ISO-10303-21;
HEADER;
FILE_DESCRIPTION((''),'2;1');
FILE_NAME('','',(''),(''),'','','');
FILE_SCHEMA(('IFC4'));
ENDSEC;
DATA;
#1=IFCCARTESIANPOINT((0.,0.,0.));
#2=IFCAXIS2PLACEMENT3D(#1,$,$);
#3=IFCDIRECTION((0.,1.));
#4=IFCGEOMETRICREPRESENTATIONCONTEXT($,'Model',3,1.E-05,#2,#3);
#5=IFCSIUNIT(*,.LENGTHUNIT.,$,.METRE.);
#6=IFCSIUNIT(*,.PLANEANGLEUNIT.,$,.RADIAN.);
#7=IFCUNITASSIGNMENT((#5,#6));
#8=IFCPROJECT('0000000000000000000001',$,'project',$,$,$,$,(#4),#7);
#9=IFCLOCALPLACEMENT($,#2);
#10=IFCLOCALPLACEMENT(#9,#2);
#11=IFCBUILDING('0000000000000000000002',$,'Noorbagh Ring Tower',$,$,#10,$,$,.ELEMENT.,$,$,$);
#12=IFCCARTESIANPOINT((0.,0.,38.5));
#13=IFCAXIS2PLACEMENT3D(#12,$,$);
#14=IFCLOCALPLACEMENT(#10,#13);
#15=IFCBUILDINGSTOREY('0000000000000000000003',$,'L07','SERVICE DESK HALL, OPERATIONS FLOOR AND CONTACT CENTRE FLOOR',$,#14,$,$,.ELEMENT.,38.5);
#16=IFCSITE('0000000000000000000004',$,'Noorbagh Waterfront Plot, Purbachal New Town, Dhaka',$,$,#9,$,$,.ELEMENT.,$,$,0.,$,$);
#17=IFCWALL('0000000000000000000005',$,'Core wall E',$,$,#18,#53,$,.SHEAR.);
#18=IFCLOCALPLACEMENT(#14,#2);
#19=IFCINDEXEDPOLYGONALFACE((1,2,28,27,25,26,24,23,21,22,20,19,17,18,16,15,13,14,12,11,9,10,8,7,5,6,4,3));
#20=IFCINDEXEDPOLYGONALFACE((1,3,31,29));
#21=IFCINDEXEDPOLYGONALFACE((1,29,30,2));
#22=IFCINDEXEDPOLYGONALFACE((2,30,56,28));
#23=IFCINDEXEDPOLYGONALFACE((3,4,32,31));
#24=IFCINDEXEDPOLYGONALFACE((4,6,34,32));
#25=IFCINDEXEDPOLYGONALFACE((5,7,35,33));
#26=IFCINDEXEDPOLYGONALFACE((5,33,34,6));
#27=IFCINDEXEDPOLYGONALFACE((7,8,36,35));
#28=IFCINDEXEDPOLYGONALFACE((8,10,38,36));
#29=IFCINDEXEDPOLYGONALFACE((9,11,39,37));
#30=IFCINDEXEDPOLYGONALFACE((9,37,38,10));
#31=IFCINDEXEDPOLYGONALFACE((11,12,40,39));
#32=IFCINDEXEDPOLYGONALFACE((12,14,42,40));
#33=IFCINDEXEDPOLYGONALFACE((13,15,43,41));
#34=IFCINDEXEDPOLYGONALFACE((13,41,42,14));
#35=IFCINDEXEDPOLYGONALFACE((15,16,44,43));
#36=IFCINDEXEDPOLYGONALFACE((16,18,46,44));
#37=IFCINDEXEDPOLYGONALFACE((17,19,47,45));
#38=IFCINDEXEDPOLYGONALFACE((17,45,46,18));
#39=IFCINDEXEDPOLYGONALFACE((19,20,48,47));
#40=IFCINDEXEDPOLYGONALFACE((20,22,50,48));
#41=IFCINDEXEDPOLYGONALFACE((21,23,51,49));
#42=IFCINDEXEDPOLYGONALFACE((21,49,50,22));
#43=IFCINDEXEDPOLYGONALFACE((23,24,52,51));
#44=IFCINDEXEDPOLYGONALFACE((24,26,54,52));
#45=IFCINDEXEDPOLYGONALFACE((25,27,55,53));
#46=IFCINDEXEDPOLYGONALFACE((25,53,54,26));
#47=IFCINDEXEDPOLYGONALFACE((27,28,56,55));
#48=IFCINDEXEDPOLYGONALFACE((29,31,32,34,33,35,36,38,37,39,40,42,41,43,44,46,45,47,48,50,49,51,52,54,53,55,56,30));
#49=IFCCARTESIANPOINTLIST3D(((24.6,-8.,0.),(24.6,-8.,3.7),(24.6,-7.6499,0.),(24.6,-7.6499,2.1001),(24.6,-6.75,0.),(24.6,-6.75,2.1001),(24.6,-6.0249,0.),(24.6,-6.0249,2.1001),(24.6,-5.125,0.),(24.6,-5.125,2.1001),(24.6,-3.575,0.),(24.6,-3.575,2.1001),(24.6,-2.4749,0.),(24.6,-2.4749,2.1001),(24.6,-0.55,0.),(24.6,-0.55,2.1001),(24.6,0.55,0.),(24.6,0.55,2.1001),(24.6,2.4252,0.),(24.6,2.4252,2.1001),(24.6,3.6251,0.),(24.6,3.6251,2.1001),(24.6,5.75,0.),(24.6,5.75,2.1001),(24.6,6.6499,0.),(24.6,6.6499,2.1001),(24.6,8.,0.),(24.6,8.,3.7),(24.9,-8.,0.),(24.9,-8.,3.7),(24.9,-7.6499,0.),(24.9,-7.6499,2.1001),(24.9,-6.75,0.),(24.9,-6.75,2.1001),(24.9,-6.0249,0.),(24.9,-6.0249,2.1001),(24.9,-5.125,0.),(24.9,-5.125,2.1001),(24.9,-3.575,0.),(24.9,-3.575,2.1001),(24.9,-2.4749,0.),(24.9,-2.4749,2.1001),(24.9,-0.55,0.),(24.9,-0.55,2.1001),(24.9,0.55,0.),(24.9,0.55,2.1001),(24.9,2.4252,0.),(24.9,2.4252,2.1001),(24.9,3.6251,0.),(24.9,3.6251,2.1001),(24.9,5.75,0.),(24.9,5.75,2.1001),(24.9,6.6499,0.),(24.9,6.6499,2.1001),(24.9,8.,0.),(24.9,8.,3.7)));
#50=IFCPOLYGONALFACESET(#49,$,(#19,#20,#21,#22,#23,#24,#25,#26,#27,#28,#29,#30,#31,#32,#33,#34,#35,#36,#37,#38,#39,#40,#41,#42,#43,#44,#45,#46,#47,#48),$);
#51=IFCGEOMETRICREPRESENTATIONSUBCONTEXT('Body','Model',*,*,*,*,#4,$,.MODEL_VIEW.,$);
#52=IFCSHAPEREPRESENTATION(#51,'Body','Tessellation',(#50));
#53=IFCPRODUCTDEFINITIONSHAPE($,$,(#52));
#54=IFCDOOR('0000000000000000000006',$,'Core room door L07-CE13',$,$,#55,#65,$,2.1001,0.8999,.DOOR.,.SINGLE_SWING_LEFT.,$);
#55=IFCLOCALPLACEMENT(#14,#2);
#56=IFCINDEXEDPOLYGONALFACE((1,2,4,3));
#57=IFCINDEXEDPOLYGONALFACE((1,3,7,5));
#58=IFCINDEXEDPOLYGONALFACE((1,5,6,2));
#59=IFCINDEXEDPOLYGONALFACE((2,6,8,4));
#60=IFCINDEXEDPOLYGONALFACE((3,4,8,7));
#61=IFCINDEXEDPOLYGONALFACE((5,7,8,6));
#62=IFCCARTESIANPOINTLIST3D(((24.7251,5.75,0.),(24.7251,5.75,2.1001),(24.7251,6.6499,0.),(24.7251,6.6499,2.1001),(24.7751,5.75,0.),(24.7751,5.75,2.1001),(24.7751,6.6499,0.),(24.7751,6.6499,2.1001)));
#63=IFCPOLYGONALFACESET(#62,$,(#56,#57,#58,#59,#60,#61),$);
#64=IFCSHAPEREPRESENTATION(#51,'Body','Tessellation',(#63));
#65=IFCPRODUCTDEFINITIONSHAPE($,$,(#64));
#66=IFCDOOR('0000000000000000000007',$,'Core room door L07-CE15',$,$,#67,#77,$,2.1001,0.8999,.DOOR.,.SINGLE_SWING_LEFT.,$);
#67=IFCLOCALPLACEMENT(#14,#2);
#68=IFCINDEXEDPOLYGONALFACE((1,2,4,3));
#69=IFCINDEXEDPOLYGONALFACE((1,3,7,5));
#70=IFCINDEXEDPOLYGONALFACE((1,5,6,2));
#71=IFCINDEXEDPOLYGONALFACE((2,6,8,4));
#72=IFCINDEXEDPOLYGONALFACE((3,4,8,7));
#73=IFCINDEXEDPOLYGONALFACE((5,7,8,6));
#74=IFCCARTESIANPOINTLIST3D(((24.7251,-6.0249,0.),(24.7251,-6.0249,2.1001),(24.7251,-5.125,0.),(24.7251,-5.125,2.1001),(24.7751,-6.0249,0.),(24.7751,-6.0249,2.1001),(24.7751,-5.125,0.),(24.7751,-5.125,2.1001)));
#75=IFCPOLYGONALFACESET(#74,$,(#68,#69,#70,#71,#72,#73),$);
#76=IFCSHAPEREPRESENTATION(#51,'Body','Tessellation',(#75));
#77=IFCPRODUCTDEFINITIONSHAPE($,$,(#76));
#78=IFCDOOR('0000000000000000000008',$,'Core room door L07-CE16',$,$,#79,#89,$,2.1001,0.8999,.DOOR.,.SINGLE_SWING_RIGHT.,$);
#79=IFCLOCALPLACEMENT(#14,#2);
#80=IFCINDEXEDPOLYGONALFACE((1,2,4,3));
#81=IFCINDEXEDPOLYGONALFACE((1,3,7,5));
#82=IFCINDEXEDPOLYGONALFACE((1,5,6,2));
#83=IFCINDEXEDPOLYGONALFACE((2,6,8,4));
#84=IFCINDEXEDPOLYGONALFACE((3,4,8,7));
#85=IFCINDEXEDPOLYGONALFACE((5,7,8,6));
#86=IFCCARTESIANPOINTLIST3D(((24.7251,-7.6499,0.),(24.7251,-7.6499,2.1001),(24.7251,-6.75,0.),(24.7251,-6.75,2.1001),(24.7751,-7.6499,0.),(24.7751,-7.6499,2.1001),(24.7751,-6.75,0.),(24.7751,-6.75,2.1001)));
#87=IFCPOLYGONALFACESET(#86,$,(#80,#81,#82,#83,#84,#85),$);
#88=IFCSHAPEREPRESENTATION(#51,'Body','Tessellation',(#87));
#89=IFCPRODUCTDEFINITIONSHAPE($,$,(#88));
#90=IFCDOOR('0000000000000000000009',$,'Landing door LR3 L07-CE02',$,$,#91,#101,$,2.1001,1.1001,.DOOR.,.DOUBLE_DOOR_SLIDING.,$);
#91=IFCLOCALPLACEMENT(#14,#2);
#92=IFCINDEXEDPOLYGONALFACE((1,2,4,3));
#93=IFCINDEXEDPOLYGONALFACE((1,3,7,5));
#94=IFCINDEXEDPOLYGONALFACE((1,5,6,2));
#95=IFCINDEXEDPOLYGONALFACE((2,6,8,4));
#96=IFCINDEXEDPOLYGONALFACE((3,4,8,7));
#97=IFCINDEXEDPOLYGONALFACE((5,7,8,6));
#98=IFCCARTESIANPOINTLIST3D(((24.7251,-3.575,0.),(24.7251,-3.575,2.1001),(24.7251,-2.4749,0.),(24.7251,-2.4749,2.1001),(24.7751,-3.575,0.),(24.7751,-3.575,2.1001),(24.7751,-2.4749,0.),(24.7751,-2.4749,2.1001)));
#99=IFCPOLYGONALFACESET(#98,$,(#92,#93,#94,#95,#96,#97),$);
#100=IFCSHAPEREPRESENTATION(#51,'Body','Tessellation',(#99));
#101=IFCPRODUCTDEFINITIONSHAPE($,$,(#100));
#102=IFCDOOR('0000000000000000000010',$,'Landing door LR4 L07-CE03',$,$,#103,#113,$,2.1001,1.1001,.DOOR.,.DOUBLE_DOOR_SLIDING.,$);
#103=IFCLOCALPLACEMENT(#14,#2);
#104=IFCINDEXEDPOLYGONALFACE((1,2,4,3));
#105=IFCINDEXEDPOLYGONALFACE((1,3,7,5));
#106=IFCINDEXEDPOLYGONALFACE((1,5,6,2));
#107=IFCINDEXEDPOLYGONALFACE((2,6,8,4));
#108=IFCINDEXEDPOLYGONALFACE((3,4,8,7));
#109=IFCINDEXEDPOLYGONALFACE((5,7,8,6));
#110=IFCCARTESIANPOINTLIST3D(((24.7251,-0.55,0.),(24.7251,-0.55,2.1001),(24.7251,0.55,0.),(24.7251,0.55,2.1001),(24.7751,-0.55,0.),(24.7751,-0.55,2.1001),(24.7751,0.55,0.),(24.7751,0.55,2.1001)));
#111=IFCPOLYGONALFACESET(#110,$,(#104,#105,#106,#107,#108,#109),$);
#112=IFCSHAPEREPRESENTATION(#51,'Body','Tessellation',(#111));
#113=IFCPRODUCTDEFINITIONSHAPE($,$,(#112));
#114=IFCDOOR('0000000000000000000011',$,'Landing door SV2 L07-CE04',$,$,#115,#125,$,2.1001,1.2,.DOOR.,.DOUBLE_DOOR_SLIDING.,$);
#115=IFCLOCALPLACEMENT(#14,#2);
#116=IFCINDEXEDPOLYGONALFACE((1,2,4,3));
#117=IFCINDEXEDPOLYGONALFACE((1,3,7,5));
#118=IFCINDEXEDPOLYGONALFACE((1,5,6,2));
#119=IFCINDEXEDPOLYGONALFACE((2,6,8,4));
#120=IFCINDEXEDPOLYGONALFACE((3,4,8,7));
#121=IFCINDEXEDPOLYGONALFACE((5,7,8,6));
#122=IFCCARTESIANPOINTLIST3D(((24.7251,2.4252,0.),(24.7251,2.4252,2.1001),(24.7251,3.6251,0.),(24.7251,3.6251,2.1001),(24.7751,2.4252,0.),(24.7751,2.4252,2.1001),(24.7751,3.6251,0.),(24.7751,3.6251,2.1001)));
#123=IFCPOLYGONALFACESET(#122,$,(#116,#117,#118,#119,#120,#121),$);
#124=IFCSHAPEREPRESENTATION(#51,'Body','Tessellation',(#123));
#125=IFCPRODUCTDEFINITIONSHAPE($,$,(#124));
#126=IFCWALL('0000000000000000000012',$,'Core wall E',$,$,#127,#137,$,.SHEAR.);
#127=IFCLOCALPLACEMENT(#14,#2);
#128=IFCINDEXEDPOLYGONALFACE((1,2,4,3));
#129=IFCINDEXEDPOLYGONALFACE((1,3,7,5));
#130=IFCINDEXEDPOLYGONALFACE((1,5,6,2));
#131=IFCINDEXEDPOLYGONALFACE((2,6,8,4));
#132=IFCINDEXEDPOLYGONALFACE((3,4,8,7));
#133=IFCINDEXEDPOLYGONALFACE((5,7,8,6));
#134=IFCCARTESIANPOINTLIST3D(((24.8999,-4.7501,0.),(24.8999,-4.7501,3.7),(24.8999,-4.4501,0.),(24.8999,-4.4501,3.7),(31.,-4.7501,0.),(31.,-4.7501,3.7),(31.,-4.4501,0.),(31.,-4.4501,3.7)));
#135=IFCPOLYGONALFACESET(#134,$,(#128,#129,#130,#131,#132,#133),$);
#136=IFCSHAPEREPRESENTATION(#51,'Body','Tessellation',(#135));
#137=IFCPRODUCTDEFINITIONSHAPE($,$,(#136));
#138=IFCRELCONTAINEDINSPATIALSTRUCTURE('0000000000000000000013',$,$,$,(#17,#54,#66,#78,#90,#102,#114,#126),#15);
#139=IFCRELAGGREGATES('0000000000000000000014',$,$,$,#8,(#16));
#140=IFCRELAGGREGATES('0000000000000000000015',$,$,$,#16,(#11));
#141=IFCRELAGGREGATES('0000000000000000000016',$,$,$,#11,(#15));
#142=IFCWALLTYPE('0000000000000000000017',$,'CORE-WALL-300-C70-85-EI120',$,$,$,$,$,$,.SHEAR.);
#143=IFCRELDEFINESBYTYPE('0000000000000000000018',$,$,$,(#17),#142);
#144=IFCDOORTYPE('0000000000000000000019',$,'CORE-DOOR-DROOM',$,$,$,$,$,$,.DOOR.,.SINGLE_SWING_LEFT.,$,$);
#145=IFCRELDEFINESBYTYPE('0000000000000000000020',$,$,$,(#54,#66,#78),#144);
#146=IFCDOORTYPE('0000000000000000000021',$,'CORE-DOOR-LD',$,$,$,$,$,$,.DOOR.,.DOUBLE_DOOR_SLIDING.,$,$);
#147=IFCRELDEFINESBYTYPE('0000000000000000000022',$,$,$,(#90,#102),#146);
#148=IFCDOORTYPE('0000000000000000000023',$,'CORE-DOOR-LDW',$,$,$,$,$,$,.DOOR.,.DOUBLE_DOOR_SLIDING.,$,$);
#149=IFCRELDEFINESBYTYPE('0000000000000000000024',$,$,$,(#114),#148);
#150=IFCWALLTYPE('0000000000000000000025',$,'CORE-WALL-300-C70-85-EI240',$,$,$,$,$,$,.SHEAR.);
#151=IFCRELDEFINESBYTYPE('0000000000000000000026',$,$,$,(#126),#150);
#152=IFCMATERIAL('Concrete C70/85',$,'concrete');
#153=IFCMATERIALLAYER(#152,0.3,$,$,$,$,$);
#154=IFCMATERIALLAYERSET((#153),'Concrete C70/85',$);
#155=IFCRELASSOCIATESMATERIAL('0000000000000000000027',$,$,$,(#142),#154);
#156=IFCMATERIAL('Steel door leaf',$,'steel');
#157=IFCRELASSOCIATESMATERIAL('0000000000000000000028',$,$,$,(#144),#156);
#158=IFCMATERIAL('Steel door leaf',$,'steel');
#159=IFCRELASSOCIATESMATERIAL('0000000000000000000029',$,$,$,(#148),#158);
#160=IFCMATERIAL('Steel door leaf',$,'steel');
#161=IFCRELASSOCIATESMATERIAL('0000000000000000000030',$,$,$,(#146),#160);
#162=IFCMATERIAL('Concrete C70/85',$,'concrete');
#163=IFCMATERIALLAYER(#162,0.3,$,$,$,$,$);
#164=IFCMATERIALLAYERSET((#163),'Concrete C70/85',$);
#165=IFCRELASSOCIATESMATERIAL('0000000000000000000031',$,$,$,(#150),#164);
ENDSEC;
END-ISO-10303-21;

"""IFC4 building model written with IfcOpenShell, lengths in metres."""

from ifc_helpers import new_model, si_unit, direction, frame, frame_2d, origin, place, context, subcontext, project, spatial, rectangle, extrude, material, layer, layer_set, type_object, element, fill, save


model = new_model("IFC4")

# Units and contexts
model_context = context("Model", 3, precision=1e-05, world=origin(), true_north=direction((0.0, 1.0)))
body_context = subcontext(model_context, "Body", "Model", "MODEL_VIEW")
ifc_project = project(units=[si_unit("LENGTHUNIT", "METRE"), si_unit("PLANEANGLEUNIT", "RADIAN")], contexts=[model_context])

# Site, building, storey
site_placement = place(None, origin())
site = spatial("IfcSite", under=ifc_project, at=site_placement, Name="Noorbagh Waterfront Plot, Purbachal New Town, Dhaka", CompositionType="ELEMENT", RefElevation=0.0)
building_placement = place(site_placement, origin())
building = spatial("IfcBuilding", under=site, at=building_placement, Name="Noorbagh Ring Tower", CompositionType="ELEMENT")
storey_placement = place(building_placement, frame((0.0, 0.0, 38.5)))
storey = spatial("IfcBuildingStorey", under=building, at=storey_placement, Name="L07", Description="SERVICE DESK HALL, OPERATIONS FLOOR AND CONTACT CENTRE FLOOR", CompositionType="ELEMENT", Elevation=38.5)

# Shared definitions
ifc_material_1 = material(Name="Concrete C70/85", Category="concrete")
ifc_layer_1 = layer(ifc_material_1, 0.3)
ifc_layer_set_1 = layer_set([ifc_layer_1], Name="Concrete C70/85")
wall_type_1 = type_object("IfcWallType", Name="CORE-WALL-300-C70-85-EI120", PredefinedType="SHEAR", material=ifc_layer_set_1)

# Wall, openings, doors
ifc_material_2 = material(Name="Steel door leaf", Category="steel")
door_type_1 = type_object("IfcDoorType", Name="CORE-DOOR-DROOM", OperationType="SINGLE_SWING_LEFT", PredefinedType="DOOR", material=ifc_material_2)
ifc_material_3 = material(Name="Steel door leaf", Category="steel")
door_type_2 = type_object("IfcDoorType", Name="CORE-DOOR-LDW", OperationType="DOUBLE_DOOR_SLIDING", PredefinedType="DOOR", material=ifc_material_3)
wall_1_placement = place(storey_placement, frame((24.75, -8.0, 0.0), z_axis=(0.0, 0.0, 1.0), x_axis=(0.0, 1.0, 0.0)))
wall_1 = element("IfcWall", 1, at=wall_1_placement, inside=storey, type_object=wall_type_1, Name="Core wall E", PredefinedType="SHEAR", context=body_context, shape_type="SweptSolid", body=[
    extrude(rectangle(XDim=16.0, YDim=0.3, at=frame_2d((8.0, 0.0))), origin(), (0.0, 0.0, 1.0), 3.7),
])
opening_1_placement = place(wall_1_placement, frame((4.425, 0.0, 0.0)))
opening_1 = element("IfcOpeningElement", 2, at=opening_1_placement, cuts=wall_1, PredefinedType="OPENING", context=body_context, shape_type="SweptSolid", body=[
    extrude(rectangle(XDim=1.1001, YDim=2.1001, at=frame_2d((0.55, 1.05))), frame((0.0, 0.1602, 0.0), z_axis=(0.0, -1.0, 0.0), x_axis=(1.0, 0.0, 0.0)), (0.0, 0.0, 1.0), 0.3201),
])
opening_2_placement = place(wall_1_placement, frame((7.45, 0.0, 0.0)))
opening_2 = element("IfcOpeningElement", 3, at=opening_2_placement, cuts=wall_1, PredefinedType="OPENING", context=body_context, shape_type="SweptSolid", body=[
    extrude(rectangle(XDim=1.1001, YDim=2.1001, at=frame_2d((0.55, 1.05))), frame((0.0, 0.1602, 0.0), z_axis=(0.0, -1.0, 0.0), x_axis=(1.0, 0.0, 0.0)), (0.0, 0.0, 1.0), 0.3201),
])
opening_3_placement = place(wall_1_placement, frame((10.425, 0.0, 0.0)))
opening_3 = element("IfcOpeningElement", 4, at=opening_3_placement, cuts=wall_1, PredefinedType="OPENING", context=body_context, shape_type="SweptSolid", body=[
    extrude(rectangle(XDim=1.2, YDim=2.1001, at=frame_2d((0.6001, 1.05))), frame((0.0, 0.1602, 0.0), z_axis=(0.0, -1.0, 0.0), x_axis=(1.0, 0.0, 0.0)), (0.0, 0.0, 1.0), 0.3201),
])
opening_4_placement = place(wall_1_placement, frame((13.75, 0.0, 0.0)))
opening_4 = element("IfcOpeningElement", 5, at=opening_4_placement, cuts=wall_1, PredefinedType="OPENING", context=body_context, shape_type="SweptSolid", body=[
    extrude(rectangle(XDim=0.8999, YDim=2.1001, at=frame_2d((0.45, 1.05))), frame((0.0, 0.1602, 0.0), z_axis=(0.0, -1.0, 0.0), x_axis=(1.0, 0.0, 0.0)), (0.0, 0.0, 1.0), 0.3201),
])
opening_5_placement = place(wall_1_placement, frame((1.9751, 0.0, 0.0)))
opening_5 = element("IfcOpeningElement", 6, at=opening_5_placement, cuts=wall_1, PredefinedType="OPENING", context=body_context, shape_type="SweptSolid", body=[
    extrude(rectangle(XDim=0.8999, YDim=2.1001, at=frame_2d((0.45, 1.05))), frame((0.0, 0.1602, 0.0), z_axis=(0.0, -1.0, 0.0), x_axis=(1.0, 0.0, 0.0)), (0.0, 0.0, 1.0), 0.3201),
])
opening_6_placement = place(wall_1_placement, frame((0.3501, 0.0, 0.0)))
opening_6 = element("IfcOpeningElement", 7, at=opening_6_placement, cuts=wall_1, PredefinedType="OPENING", context=body_context, shape_type="SweptSolid", body=[
    extrude(rectangle(XDim=0.8999, YDim=2.1001, at=frame_2d((0.45, 1.05))), frame((0.0, 0.1602, 0.0), z_axis=(0.0, -1.0, 0.0), x_axis=(1.0, 0.0, 0.0)), (0.0, 0.0, 1.0), 0.3201),
])
door_1_placement = place(opening_4_placement, origin())
door_1 = element("IfcDoor", 8, at=door_1_placement, inside=storey, type_object=door_type_1, Name="Core room door L07-CE13", OperationType="SINGLE_SWING_LEFT", OverallHeight=2.1001, OverallWidth=0.8999, PredefinedType="DOOR", context=body_context, shape_type="SweptSolid", body=[
    extrude(rectangle(XDim=0.8999, YDim=2.1001, at=frame_2d((0.45, 1.05))), frame((0.0, 0.0249, 0.0), z_axis=(0.0, -1.0, 0.0), x_axis=(1.0, 0.0, 0.0)), (0.0, 0.0, 1.0), 0.05),
])
fill(opening_4, door_1)
door_2_placement = place(opening_5_placement, origin())
door_2 = element("IfcDoor", 9, at=door_2_placement, inside=storey, type_object=door_type_1, Name="Core room door L07-CE15", OperationType="SINGLE_SWING_LEFT", OverallHeight=2.1001, OverallWidth=0.8999, PredefinedType="DOOR", context=body_context, shape_type="SweptSolid", body=[
    extrude(rectangle(XDim=0.8999, YDim=2.1001, at=frame_2d((0.45, 1.05))), frame((0.0, 0.0249, 0.0), z_axis=(0.0, -1.0, 0.0), x_axis=(1.0, 0.0, 0.0)), (0.0, 0.0, 1.0), 0.05),
])
fill(opening_5, door_2)
door_3_placement = place(opening_6_placement, origin())
door_3 = element("IfcDoor", 10, at=door_3_placement, inside=storey, type_object=door_type_1, Name="Core room door L07-CE16", OperationType="SINGLE_SWING_RIGHT", OverallHeight=2.1001, OverallWidth=0.8999, PredefinedType="DOOR", context=body_context, shape_type="SweptSolid", body=[
    extrude(rectangle(XDim=0.8999, YDim=2.1001, at=frame_2d((0.45, 1.05))), frame((0.0, 0.0249, 0.0), z_axis=(0.0, -1.0, 0.0), x_axis=(1.0, 0.0, 0.0)), (0.0, 0.0, 1.0), 0.05),
])
fill(opening_6, door_3)
ifc_material_4 = material(Name="Steel door leaf", Category="steel")
door_type_3 = type_object("IfcDoorType", Name="CORE-DOOR-LD", OperationType="DOUBLE_DOOR_SLIDING", PredefinedType="DOOR", material=ifc_material_4)
door_4_placement = place(opening_1_placement, origin())
door_4 = element("IfcDoor", 11, at=door_4_placement, inside=storey, type_object=door_type_3, Name="Landing door LR3 L07-CE02", OperationType="DOUBLE_DOOR_SLIDING", OverallHeight=2.1001, OverallWidth=1.1001, PredefinedType="DOOR", context=body_context, shape_type="SweptSolid", body=[
    extrude(rectangle(XDim=1.1001, YDim=2.1001, at=frame_2d((0.55, 1.05))), frame((0.0, 0.0249, 0.0), z_axis=(0.0, -1.0, 0.0), x_axis=(1.0, 0.0, 0.0)), (0.0, 0.0, 1.0), 0.05),
])
fill(opening_1, door_4)
door_5_placement = place(opening_2_placement, origin())
door_5 = element("IfcDoor", 12, at=door_5_placement, inside=storey, type_object=door_type_3, Name="Landing door LR4 L07-CE03", OperationType="DOUBLE_DOOR_SLIDING", OverallHeight=2.1001, OverallWidth=1.1001, PredefinedType="DOOR", context=body_context, shape_type="SweptSolid", body=[
    extrude(rectangle(XDim=1.1001, YDim=2.1001, at=frame_2d((0.55, 1.05))), frame((0.0, 0.0249, 0.0), z_axis=(0.0, -1.0, 0.0), x_axis=(1.0, 0.0, 0.0)), (0.0, 0.0, 1.0), 0.05),
])
fill(opening_2, door_5)
door_6_placement = place(opening_3_placement, origin())
door_6 = element("IfcDoor", 13, at=door_6_placement, inside=storey, type_object=door_type_2, Name="Landing door SV2 L07-CE04", OperationType="DOUBLE_DOOR_SLIDING", OverallHeight=2.1001, OverallWidth=1.2, PredefinedType="DOOR", context=body_context, shape_type="SweptSolid", body=[
    extrude(rectangle(XDim=1.2, YDim=2.1001, at=frame_2d((0.6001, 1.05))), frame((0.0, 0.0249, 0.0), z_axis=(0.0, -1.0, 0.0), x_axis=(1.0, 0.0, 0.0)), (0.0, 0.0, 1.0), 0.05),
])
fill(opening_3, door_6)

# Wall
ifc_material_5 = material(Name="Concrete C70/85", Category="concrete")
ifc_layer_2 = layer(ifc_material_5, 0.3)
ifc_layer_set_2 = layer_set([ifc_layer_2], Name="Concrete C70/85")
wall_type_2 = type_object("IfcWallType", Name="CORE-WALL-300-C70-85-EI240", PredefinedType="SHEAR", material=ifc_layer_set_2)
wall_2_placement = place(storey_placement, frame((24.8999, -4.6001, 0.0), z_axis=(0.0, 0.0, 1.0), x_axis=(1.0, 0.0, 0.0)))
element("IfcWall", 14, at=wall_2_placement, inside=storey, type_object=wall_type_2, Name="Core wall E", PredefinedType="SHEAR", context=body_context, shape_type="SweptSolid", body=[
    extrude(rectangle(XDim=6.1001, YDim=0.3, at=frame_2d((3.05, 0.0))), origin(), (0.0, 0.0, 1.0), 3.7),
])

save(model, "model.ifc")
